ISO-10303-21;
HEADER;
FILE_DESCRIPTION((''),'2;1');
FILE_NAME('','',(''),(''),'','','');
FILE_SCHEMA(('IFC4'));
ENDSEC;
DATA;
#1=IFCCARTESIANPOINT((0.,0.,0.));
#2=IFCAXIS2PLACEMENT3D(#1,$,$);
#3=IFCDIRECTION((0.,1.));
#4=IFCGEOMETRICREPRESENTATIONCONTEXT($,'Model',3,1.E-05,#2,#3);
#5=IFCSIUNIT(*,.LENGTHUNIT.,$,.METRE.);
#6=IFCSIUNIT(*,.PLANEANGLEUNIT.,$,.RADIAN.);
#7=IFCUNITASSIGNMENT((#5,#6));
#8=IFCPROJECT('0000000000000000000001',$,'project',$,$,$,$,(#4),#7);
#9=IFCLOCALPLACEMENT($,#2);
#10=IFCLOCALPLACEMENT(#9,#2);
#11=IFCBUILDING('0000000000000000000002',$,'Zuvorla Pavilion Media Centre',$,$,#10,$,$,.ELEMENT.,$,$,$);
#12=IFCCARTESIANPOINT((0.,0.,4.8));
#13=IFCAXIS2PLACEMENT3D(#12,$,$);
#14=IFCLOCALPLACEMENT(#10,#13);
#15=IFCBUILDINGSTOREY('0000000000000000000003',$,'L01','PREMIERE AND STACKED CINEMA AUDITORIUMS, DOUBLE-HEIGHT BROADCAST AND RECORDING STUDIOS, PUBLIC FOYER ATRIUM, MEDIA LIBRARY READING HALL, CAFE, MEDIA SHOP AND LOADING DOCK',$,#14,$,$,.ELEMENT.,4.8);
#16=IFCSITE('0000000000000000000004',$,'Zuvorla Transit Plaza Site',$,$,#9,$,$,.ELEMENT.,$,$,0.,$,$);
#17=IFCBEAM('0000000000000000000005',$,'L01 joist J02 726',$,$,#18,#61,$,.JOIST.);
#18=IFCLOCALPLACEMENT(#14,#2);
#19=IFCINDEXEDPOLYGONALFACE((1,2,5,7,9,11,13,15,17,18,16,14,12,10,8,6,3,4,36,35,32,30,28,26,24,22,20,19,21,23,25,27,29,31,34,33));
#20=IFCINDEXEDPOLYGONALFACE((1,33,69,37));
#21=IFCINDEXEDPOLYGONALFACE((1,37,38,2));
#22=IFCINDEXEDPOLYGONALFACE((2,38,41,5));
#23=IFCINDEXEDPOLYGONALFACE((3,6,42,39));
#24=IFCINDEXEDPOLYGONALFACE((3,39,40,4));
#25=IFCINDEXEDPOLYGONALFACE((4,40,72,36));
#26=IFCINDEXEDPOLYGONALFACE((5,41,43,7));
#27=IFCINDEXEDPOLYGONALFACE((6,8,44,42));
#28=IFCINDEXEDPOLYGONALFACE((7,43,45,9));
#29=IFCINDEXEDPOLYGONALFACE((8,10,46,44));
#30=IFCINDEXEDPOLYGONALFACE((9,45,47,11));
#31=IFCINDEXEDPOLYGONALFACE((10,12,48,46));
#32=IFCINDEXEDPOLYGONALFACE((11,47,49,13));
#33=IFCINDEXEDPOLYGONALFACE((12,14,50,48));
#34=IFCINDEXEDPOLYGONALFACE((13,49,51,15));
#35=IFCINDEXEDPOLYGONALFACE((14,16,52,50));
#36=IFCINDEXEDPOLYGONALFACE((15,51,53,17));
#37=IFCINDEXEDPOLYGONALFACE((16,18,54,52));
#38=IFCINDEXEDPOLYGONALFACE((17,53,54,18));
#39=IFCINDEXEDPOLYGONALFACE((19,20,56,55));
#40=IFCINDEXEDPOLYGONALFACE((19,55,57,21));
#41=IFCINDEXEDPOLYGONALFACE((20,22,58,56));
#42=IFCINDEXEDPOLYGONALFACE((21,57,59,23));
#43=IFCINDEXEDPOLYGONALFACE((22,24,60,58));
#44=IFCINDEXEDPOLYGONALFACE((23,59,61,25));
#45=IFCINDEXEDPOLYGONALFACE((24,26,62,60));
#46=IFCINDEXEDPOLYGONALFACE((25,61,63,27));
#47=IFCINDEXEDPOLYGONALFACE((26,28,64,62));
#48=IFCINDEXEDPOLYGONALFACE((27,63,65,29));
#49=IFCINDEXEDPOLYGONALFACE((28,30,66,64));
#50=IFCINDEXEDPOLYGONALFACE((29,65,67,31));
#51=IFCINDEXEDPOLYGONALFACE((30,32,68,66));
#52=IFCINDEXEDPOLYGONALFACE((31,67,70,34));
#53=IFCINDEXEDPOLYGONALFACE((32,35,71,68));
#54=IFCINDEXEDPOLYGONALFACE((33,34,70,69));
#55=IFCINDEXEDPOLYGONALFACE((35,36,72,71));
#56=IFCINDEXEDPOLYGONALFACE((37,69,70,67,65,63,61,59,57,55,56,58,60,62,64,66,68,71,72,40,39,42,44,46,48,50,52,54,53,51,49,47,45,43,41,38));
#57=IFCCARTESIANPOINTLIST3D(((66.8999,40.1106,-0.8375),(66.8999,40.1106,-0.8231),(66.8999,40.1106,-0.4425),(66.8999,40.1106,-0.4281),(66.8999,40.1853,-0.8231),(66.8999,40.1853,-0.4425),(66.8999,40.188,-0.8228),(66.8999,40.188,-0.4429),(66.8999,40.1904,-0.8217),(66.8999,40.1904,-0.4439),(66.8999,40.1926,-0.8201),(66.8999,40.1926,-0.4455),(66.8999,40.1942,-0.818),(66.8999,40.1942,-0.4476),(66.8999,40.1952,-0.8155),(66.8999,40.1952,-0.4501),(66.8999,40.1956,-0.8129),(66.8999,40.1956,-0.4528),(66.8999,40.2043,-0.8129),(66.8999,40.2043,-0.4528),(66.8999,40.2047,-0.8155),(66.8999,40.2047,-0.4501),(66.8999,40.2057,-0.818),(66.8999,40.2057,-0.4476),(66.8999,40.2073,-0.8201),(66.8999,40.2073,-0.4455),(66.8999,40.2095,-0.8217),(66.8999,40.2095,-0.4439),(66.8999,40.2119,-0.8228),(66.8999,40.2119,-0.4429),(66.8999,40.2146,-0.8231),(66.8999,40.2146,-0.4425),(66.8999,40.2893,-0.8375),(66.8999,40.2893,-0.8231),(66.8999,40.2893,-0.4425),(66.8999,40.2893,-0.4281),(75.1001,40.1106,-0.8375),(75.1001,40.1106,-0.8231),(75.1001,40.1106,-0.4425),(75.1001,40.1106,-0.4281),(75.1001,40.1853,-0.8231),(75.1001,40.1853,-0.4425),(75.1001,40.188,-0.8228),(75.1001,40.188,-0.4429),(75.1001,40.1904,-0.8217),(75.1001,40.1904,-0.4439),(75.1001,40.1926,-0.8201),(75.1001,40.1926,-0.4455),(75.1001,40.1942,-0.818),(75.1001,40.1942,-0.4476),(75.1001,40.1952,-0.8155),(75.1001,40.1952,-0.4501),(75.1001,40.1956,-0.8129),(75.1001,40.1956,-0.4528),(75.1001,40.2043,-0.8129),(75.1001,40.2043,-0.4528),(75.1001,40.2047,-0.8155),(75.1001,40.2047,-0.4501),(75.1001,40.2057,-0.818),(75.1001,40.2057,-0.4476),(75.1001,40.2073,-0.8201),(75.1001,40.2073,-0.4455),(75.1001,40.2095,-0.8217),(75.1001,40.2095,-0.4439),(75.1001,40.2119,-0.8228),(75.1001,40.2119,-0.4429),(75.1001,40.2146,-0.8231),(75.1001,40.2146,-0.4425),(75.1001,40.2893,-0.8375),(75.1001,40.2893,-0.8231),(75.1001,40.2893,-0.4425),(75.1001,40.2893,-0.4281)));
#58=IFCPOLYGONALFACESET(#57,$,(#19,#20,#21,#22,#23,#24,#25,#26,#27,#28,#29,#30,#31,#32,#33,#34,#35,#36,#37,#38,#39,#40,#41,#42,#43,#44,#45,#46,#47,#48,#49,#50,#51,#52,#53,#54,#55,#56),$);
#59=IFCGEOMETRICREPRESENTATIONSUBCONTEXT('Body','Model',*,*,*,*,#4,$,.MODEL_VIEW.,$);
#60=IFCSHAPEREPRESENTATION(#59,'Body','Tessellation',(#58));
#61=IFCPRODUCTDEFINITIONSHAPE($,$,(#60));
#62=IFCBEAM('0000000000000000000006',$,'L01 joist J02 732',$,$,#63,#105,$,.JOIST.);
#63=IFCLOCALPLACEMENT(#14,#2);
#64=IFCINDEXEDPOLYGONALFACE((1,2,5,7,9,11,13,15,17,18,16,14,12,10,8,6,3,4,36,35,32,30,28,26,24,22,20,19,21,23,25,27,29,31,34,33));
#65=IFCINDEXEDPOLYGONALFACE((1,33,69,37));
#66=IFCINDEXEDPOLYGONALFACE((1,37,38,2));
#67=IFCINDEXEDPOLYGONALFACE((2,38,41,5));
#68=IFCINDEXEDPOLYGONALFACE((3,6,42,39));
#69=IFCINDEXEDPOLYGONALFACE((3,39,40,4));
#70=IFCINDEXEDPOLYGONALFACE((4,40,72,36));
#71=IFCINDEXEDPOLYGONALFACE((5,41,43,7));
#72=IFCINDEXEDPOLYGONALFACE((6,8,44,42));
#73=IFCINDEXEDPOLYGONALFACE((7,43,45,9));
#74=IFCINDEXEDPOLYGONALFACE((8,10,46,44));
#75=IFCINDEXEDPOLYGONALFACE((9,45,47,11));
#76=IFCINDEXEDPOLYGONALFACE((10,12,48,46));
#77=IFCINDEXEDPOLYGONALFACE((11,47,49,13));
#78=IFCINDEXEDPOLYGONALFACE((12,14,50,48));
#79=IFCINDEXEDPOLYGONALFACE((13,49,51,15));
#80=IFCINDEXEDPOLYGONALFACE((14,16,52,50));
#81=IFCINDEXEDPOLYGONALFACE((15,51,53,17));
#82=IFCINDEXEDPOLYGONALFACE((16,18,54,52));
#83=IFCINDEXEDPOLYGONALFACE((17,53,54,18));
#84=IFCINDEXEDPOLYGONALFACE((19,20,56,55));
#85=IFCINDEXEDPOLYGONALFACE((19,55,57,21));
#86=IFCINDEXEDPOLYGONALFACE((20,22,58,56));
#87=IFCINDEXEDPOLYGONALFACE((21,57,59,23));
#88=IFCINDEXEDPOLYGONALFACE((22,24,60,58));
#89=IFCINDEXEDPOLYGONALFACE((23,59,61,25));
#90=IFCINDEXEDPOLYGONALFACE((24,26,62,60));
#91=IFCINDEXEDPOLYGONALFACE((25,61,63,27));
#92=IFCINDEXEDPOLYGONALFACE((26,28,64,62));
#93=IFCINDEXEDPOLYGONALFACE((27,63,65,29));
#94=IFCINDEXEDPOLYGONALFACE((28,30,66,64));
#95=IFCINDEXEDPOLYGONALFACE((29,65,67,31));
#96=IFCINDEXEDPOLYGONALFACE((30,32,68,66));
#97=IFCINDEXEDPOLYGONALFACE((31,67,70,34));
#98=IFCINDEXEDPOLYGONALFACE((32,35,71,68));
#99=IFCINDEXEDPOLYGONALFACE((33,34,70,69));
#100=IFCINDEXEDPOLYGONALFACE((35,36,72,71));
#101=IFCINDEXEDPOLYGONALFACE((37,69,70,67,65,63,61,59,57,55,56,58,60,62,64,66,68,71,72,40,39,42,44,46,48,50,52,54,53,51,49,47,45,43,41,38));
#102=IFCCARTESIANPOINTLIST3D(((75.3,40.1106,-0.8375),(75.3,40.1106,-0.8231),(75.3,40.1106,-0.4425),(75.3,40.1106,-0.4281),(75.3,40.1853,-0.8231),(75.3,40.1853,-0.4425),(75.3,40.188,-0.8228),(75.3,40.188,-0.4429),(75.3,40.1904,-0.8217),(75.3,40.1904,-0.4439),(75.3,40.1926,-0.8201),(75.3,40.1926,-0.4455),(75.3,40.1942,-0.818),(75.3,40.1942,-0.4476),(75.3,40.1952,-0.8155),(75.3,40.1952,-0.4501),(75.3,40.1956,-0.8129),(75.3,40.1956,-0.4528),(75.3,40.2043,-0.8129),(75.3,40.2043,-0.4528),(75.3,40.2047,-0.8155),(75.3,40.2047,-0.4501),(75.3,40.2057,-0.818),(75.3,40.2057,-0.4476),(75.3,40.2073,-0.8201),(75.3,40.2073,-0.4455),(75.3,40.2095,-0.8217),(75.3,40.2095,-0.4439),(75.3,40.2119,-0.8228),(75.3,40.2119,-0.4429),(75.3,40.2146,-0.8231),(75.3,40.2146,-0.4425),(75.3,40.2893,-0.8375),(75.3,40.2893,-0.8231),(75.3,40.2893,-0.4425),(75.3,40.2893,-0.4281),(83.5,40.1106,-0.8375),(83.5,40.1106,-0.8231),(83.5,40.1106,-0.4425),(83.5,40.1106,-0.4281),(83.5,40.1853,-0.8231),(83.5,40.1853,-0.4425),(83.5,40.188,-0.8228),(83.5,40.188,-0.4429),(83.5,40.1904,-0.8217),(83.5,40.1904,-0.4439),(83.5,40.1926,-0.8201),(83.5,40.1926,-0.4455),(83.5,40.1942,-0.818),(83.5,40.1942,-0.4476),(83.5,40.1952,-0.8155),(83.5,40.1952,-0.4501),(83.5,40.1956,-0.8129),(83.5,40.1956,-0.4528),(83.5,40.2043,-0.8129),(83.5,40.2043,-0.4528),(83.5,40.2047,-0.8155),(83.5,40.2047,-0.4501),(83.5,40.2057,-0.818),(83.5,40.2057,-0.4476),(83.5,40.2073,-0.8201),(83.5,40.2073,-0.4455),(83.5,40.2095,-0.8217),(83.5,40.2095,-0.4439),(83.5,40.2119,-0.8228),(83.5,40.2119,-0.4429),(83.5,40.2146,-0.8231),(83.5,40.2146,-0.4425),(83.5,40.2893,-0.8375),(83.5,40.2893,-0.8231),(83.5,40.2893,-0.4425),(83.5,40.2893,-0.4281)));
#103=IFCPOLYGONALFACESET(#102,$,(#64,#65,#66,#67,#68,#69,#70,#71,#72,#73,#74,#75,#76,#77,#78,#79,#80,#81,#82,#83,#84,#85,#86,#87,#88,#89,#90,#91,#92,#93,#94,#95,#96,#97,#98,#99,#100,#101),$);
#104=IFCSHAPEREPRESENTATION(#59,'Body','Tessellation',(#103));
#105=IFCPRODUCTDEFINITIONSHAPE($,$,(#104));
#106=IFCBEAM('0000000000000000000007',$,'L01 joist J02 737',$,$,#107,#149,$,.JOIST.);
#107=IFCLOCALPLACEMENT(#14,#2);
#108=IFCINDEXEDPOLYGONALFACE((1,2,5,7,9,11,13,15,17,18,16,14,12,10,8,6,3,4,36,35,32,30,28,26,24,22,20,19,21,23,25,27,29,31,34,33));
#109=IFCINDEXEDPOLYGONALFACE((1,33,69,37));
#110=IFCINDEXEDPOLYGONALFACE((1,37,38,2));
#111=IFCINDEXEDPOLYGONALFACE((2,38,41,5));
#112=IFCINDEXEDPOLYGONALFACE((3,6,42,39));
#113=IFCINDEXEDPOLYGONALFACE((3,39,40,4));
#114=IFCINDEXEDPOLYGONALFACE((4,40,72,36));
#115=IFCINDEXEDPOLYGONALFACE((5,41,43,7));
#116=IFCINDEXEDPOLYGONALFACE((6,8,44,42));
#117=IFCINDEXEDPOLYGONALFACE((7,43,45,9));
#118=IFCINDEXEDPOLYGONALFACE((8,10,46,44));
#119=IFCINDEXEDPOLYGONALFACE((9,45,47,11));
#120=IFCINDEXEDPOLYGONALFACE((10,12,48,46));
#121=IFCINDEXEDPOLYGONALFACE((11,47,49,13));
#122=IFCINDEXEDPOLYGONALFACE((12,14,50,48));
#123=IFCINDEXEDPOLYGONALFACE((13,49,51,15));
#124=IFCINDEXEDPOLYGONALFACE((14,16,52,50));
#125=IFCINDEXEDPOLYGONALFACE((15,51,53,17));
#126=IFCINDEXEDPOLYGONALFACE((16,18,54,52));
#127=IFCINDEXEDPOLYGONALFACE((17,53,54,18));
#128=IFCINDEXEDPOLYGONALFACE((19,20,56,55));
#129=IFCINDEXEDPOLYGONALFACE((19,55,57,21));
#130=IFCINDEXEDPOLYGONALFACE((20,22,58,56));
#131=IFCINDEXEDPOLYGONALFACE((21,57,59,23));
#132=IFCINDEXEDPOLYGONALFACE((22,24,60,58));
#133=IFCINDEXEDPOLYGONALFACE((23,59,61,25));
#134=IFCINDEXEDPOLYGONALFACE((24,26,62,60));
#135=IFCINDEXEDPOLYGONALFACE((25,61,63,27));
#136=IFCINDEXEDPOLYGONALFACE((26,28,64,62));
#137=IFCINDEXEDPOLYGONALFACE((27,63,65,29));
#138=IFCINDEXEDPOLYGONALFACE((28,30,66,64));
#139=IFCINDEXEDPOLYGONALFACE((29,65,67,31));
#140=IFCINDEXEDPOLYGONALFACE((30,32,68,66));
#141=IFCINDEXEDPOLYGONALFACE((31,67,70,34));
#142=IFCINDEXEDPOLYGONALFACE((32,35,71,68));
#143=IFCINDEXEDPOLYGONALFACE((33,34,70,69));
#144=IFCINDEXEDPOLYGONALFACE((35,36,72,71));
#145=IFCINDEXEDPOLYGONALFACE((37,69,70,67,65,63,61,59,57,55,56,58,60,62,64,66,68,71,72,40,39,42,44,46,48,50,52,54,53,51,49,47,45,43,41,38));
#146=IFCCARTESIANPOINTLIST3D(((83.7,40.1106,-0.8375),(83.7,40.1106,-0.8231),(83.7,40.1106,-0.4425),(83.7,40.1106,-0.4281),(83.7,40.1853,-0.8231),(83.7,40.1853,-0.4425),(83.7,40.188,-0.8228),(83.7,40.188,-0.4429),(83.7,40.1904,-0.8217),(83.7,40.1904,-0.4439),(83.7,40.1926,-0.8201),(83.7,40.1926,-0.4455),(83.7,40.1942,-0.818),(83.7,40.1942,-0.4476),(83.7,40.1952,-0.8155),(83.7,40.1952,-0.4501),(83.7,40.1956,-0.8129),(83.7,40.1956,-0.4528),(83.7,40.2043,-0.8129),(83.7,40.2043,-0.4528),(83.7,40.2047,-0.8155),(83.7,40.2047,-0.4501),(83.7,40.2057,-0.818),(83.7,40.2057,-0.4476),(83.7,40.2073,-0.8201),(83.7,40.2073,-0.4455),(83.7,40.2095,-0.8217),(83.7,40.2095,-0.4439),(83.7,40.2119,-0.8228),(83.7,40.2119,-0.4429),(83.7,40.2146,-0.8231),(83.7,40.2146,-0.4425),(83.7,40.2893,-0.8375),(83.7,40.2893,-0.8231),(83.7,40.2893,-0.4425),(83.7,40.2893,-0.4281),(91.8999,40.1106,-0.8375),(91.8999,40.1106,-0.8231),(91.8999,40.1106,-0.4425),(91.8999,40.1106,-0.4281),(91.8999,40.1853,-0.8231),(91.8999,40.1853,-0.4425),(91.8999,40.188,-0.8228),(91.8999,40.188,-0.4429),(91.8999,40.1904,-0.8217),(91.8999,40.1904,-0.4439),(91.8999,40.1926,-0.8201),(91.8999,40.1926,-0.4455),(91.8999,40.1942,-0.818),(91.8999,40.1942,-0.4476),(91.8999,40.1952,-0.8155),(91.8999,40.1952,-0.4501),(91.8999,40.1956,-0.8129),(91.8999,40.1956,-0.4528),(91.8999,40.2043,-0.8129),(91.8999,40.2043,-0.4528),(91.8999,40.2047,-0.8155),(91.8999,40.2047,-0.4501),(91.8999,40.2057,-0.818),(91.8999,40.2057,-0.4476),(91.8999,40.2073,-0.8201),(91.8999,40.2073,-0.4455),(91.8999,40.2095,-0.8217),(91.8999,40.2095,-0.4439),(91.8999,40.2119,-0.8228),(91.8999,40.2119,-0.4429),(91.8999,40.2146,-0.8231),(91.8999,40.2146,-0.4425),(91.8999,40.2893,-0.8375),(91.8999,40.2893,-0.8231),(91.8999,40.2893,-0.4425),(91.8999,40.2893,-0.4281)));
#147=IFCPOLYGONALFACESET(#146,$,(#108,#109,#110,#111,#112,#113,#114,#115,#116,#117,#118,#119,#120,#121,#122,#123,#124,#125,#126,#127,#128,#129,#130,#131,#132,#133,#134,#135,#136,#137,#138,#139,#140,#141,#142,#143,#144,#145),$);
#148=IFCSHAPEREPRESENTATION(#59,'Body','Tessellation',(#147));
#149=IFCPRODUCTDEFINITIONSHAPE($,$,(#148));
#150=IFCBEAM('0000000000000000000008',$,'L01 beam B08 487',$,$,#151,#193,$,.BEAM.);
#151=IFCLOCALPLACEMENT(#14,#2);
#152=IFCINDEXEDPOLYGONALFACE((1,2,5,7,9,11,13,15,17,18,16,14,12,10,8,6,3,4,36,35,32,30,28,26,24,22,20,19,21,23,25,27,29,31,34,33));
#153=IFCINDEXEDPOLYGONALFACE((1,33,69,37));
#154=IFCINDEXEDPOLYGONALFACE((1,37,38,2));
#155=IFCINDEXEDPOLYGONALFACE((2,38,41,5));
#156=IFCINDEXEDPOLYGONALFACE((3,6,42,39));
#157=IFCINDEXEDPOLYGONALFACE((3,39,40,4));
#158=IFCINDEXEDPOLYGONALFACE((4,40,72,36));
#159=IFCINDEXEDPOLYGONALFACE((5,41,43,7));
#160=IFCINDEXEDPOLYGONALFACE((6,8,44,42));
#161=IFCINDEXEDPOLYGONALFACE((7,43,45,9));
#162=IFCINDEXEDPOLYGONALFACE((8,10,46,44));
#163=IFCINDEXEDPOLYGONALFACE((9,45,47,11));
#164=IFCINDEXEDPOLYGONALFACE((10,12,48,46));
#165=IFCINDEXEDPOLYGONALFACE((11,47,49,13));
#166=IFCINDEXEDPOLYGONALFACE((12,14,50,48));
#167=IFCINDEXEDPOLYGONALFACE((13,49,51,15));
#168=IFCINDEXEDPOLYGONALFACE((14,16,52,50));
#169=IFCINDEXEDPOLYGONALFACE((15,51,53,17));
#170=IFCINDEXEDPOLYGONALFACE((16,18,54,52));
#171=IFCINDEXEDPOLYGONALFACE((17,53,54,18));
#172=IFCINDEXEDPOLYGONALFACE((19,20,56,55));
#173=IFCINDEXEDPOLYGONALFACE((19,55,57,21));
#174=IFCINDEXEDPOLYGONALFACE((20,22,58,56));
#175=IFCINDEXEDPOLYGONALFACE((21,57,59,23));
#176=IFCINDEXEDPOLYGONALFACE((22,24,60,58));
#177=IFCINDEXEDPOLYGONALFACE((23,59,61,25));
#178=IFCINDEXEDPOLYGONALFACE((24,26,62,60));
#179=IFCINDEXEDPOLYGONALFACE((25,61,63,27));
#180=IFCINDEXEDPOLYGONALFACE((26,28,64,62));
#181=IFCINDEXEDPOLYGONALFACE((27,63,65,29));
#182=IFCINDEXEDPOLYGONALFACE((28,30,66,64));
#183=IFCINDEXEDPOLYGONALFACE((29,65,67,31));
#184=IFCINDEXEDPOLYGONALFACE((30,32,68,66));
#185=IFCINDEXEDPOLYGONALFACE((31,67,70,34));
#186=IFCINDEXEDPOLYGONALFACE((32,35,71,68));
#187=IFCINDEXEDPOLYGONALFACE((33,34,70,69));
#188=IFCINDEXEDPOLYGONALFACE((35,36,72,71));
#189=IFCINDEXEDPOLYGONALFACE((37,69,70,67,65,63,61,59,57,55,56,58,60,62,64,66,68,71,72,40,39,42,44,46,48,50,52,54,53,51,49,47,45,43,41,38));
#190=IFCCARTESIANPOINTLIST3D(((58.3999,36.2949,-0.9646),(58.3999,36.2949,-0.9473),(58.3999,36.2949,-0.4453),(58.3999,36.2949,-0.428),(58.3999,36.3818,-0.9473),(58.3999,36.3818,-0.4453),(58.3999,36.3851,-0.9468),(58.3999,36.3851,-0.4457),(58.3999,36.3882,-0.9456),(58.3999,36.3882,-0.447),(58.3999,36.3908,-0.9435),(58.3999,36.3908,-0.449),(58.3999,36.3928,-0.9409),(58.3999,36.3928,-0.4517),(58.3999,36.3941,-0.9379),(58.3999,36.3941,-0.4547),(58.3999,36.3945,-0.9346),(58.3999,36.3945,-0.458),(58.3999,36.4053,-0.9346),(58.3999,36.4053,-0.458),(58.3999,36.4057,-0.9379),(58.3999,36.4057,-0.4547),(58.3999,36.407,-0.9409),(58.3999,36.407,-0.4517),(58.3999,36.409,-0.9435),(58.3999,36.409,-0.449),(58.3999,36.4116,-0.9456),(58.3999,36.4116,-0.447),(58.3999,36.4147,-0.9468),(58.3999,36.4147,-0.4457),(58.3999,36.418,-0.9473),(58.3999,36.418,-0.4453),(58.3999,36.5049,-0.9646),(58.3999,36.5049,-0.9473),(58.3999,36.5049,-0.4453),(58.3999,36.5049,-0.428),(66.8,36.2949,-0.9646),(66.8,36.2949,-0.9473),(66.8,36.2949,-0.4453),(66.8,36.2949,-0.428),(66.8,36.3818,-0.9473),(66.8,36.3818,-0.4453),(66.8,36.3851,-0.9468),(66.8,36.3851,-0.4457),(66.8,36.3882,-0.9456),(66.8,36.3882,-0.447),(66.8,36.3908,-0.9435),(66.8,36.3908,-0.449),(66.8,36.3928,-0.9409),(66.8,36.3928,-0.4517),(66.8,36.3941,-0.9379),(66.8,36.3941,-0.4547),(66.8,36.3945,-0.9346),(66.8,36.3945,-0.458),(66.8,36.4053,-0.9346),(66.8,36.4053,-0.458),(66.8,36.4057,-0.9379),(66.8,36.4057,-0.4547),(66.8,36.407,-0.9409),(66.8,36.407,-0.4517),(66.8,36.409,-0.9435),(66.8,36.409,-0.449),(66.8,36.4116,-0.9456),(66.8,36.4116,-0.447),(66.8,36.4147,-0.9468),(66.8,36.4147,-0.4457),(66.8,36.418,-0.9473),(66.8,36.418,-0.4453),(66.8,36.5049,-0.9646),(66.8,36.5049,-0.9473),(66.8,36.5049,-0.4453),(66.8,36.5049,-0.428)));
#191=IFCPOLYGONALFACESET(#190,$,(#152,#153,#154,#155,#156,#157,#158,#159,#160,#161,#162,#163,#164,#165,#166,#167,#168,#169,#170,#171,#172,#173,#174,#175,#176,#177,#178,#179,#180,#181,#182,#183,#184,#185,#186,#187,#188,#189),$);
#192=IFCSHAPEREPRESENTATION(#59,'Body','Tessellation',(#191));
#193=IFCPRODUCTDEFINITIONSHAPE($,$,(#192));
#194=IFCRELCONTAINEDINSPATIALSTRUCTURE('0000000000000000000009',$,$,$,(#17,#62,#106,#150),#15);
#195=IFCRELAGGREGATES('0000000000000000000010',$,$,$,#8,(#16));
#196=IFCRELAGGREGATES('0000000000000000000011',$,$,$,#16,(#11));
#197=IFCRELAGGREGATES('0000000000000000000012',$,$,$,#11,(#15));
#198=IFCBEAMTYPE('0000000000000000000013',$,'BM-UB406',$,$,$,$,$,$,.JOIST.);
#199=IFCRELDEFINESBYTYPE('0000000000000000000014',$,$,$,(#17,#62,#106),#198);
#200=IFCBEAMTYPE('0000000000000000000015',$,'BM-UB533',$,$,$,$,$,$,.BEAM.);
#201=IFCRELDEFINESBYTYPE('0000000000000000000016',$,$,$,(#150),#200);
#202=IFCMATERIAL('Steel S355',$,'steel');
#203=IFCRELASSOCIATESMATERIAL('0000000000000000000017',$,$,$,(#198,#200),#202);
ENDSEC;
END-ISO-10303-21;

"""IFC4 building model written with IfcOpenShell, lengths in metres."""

from ifc_helpers import new_model, si_unit, direction, frame, origin, origin_2d, place, context, subcontext, project, spatial, i_section, extrude, material, material_profile, profile_set, type_object, element, save


model = new_model("IFC4")

# Units and contexts
model_context = context("Model", 3, precision=1e-05, world=origin(), true_north=direction((0.0, 1.0)))
body_context = subcontext(model_context, "Body", "Model", "MODEL_VIEW")
ifc_project = project(units=[si_unit("LENGTHUNIT", "METRE"), si_unit("PLANEANGLEUNIT", "RADIAN")], contexts=[model_context])

# Site, building, storey
site_placement = place(None, origin())
site = spatial("IfcSite", under=ifc_project, at=site_placement, Name="Zuvorla Transit Plaza Site", CompositionType="ELEMENT", RefElevation=0.0)
building_placement = place(site_placement, origin())
building = spatial("IfcBuilding", under=site, at=building_placement, Name="Zuvorla Pavilion Media Centre", CompositionType="ELEMENT")
storey_placement = place(building_placement, frame((0.0, 0.0, 4.8)))
storey = spatial("IfcBuildingStorey", under=building, at=storey_placement, Name="L01", Description="PREMIERE AND STACKED CINEMA AUDITORIUMS, DOUBLE-HEIGHT BROADCAST AND RECORDING STUDIOS, PUBLIC FOYER ATRIUM, MEDIA LIBRARY READING HALL, CAFE, MEDIA SHOP AND LOADING DOCK", CompositionType="ELEMENT", Elevation=4.8)

# Shared definitions
ifc_material_1 = material(Name="Steel S355", Category="steel")

# Beams
ifc_material_profile_1 = material_profile(ifc_material_1, i_section(OverallWidth=0.1787, OverallDepth=0.4094, WebThickness=0.0088, FlangeThickness=0.0144, FilletRadius=0.0103, at=origin_2d()), Name="UB 406x178x67")
ifc_profile_set_1 = profile_set([ifc_material_profile_1], Name="Steel S355")
beam_type_1 = type_object("IfcBeamType", Name="BM-UB406", PredefinedType="JOIST", material=ifc_profile_set_1)
beam_1_placement = place(storey_placement, frame((66.8999, 40.2, -0.6328), z_axis=(1.0, 0.0, 0.0), x_axis=(0.0, 1.0, 0.0)))
element("IfcBeam", 1, at=beam_1_placement, inside=storey, type_object=beam_type_1, Name="L01 joist J02 726", PredefinedType="JOIST", context=body_context, shape_type="SweptSolid", body=[
    extrude(i_section(OverallWidth=0.1787, OverallDepth=0.4094, WebThickness=0.0088, FlangeThickness=0.0144, FilletRadius=0.0103, at=origin_2d()), origin(), (0.0, 0.0, 1.0), 8.2002),
])
for number, where, z_axis, x_axis, name in (
    (2, (75.3, 40.2, -0.6328), (1.0, 0.0, 0.0), (0.0, 1.0, 0.0), "L01 joist J02 732"),
    (3, (83.7, 40.2, -0.6328), (1.0, 0.0, 0.0), (0.0, 1.0, 0.0), "L01 joist J02 737"),
):
    element("IfcBeam", number, at=place(storey_placement, frame(where, z_axis=z_axis, x_axis=x_axis)), inside=storey, type_object=beam_type_1, Name=name, PredefinedType="JOIST", context=body_context, shape_type="SweptSolid", body=[
        extrude(i_section(OverallWidth=0.1787, OverallDepth=0.4094, WebThickness=0.0088, FlangeThickness=0.0144, FilletRadius=0.0103, at=origin_2d()), origin(), (0.0, 0.0, 1.0), 8.2),
    ])
ifc_material_profile_2 = material_profile(ifc_material_1, i_section(OverallWidth=0.21, OverallDepth=0.5366, WebThickness=0.0107, FlangeThickness=0.0173, FilletRadius=0.0127, at=origin_2d()), Name="UB 533x210x101")
ifc_profile_set_2 = profile_set([ifc_material_profile_2], Name="Steel S355")
beam_type_2 = type_object("IfcBeamType", Name="BM-UB533", PredefinedType="BEAM", material=ifc_profile_set_2)
beam_2_placement = place(storey_placement, frame((58.3999, 36.3999, -0.6963), z_axis=(1.0, 0.0, 0.0), x_axis=(0.0, 1.0, 0.0)))
element("IfcBeam", 4, at=beam_2_placement, inside=storey, type_object=beam_type_2, Name="L01 beam B08 487", PredefinedType="BEAM", context=body_context, shape_type="SweptSolid", body=[
    extrude(i_section(OverallWidth=0.21, OverallDepth=0.5366, WebThickness=0.0107, FlangeThickness=0.0173, FilletRadius=0.0127, at=origin_2d()), origin(), (0.0, 0.0, 1.0), 8.4001),
])

save(model, "model.ifc")
